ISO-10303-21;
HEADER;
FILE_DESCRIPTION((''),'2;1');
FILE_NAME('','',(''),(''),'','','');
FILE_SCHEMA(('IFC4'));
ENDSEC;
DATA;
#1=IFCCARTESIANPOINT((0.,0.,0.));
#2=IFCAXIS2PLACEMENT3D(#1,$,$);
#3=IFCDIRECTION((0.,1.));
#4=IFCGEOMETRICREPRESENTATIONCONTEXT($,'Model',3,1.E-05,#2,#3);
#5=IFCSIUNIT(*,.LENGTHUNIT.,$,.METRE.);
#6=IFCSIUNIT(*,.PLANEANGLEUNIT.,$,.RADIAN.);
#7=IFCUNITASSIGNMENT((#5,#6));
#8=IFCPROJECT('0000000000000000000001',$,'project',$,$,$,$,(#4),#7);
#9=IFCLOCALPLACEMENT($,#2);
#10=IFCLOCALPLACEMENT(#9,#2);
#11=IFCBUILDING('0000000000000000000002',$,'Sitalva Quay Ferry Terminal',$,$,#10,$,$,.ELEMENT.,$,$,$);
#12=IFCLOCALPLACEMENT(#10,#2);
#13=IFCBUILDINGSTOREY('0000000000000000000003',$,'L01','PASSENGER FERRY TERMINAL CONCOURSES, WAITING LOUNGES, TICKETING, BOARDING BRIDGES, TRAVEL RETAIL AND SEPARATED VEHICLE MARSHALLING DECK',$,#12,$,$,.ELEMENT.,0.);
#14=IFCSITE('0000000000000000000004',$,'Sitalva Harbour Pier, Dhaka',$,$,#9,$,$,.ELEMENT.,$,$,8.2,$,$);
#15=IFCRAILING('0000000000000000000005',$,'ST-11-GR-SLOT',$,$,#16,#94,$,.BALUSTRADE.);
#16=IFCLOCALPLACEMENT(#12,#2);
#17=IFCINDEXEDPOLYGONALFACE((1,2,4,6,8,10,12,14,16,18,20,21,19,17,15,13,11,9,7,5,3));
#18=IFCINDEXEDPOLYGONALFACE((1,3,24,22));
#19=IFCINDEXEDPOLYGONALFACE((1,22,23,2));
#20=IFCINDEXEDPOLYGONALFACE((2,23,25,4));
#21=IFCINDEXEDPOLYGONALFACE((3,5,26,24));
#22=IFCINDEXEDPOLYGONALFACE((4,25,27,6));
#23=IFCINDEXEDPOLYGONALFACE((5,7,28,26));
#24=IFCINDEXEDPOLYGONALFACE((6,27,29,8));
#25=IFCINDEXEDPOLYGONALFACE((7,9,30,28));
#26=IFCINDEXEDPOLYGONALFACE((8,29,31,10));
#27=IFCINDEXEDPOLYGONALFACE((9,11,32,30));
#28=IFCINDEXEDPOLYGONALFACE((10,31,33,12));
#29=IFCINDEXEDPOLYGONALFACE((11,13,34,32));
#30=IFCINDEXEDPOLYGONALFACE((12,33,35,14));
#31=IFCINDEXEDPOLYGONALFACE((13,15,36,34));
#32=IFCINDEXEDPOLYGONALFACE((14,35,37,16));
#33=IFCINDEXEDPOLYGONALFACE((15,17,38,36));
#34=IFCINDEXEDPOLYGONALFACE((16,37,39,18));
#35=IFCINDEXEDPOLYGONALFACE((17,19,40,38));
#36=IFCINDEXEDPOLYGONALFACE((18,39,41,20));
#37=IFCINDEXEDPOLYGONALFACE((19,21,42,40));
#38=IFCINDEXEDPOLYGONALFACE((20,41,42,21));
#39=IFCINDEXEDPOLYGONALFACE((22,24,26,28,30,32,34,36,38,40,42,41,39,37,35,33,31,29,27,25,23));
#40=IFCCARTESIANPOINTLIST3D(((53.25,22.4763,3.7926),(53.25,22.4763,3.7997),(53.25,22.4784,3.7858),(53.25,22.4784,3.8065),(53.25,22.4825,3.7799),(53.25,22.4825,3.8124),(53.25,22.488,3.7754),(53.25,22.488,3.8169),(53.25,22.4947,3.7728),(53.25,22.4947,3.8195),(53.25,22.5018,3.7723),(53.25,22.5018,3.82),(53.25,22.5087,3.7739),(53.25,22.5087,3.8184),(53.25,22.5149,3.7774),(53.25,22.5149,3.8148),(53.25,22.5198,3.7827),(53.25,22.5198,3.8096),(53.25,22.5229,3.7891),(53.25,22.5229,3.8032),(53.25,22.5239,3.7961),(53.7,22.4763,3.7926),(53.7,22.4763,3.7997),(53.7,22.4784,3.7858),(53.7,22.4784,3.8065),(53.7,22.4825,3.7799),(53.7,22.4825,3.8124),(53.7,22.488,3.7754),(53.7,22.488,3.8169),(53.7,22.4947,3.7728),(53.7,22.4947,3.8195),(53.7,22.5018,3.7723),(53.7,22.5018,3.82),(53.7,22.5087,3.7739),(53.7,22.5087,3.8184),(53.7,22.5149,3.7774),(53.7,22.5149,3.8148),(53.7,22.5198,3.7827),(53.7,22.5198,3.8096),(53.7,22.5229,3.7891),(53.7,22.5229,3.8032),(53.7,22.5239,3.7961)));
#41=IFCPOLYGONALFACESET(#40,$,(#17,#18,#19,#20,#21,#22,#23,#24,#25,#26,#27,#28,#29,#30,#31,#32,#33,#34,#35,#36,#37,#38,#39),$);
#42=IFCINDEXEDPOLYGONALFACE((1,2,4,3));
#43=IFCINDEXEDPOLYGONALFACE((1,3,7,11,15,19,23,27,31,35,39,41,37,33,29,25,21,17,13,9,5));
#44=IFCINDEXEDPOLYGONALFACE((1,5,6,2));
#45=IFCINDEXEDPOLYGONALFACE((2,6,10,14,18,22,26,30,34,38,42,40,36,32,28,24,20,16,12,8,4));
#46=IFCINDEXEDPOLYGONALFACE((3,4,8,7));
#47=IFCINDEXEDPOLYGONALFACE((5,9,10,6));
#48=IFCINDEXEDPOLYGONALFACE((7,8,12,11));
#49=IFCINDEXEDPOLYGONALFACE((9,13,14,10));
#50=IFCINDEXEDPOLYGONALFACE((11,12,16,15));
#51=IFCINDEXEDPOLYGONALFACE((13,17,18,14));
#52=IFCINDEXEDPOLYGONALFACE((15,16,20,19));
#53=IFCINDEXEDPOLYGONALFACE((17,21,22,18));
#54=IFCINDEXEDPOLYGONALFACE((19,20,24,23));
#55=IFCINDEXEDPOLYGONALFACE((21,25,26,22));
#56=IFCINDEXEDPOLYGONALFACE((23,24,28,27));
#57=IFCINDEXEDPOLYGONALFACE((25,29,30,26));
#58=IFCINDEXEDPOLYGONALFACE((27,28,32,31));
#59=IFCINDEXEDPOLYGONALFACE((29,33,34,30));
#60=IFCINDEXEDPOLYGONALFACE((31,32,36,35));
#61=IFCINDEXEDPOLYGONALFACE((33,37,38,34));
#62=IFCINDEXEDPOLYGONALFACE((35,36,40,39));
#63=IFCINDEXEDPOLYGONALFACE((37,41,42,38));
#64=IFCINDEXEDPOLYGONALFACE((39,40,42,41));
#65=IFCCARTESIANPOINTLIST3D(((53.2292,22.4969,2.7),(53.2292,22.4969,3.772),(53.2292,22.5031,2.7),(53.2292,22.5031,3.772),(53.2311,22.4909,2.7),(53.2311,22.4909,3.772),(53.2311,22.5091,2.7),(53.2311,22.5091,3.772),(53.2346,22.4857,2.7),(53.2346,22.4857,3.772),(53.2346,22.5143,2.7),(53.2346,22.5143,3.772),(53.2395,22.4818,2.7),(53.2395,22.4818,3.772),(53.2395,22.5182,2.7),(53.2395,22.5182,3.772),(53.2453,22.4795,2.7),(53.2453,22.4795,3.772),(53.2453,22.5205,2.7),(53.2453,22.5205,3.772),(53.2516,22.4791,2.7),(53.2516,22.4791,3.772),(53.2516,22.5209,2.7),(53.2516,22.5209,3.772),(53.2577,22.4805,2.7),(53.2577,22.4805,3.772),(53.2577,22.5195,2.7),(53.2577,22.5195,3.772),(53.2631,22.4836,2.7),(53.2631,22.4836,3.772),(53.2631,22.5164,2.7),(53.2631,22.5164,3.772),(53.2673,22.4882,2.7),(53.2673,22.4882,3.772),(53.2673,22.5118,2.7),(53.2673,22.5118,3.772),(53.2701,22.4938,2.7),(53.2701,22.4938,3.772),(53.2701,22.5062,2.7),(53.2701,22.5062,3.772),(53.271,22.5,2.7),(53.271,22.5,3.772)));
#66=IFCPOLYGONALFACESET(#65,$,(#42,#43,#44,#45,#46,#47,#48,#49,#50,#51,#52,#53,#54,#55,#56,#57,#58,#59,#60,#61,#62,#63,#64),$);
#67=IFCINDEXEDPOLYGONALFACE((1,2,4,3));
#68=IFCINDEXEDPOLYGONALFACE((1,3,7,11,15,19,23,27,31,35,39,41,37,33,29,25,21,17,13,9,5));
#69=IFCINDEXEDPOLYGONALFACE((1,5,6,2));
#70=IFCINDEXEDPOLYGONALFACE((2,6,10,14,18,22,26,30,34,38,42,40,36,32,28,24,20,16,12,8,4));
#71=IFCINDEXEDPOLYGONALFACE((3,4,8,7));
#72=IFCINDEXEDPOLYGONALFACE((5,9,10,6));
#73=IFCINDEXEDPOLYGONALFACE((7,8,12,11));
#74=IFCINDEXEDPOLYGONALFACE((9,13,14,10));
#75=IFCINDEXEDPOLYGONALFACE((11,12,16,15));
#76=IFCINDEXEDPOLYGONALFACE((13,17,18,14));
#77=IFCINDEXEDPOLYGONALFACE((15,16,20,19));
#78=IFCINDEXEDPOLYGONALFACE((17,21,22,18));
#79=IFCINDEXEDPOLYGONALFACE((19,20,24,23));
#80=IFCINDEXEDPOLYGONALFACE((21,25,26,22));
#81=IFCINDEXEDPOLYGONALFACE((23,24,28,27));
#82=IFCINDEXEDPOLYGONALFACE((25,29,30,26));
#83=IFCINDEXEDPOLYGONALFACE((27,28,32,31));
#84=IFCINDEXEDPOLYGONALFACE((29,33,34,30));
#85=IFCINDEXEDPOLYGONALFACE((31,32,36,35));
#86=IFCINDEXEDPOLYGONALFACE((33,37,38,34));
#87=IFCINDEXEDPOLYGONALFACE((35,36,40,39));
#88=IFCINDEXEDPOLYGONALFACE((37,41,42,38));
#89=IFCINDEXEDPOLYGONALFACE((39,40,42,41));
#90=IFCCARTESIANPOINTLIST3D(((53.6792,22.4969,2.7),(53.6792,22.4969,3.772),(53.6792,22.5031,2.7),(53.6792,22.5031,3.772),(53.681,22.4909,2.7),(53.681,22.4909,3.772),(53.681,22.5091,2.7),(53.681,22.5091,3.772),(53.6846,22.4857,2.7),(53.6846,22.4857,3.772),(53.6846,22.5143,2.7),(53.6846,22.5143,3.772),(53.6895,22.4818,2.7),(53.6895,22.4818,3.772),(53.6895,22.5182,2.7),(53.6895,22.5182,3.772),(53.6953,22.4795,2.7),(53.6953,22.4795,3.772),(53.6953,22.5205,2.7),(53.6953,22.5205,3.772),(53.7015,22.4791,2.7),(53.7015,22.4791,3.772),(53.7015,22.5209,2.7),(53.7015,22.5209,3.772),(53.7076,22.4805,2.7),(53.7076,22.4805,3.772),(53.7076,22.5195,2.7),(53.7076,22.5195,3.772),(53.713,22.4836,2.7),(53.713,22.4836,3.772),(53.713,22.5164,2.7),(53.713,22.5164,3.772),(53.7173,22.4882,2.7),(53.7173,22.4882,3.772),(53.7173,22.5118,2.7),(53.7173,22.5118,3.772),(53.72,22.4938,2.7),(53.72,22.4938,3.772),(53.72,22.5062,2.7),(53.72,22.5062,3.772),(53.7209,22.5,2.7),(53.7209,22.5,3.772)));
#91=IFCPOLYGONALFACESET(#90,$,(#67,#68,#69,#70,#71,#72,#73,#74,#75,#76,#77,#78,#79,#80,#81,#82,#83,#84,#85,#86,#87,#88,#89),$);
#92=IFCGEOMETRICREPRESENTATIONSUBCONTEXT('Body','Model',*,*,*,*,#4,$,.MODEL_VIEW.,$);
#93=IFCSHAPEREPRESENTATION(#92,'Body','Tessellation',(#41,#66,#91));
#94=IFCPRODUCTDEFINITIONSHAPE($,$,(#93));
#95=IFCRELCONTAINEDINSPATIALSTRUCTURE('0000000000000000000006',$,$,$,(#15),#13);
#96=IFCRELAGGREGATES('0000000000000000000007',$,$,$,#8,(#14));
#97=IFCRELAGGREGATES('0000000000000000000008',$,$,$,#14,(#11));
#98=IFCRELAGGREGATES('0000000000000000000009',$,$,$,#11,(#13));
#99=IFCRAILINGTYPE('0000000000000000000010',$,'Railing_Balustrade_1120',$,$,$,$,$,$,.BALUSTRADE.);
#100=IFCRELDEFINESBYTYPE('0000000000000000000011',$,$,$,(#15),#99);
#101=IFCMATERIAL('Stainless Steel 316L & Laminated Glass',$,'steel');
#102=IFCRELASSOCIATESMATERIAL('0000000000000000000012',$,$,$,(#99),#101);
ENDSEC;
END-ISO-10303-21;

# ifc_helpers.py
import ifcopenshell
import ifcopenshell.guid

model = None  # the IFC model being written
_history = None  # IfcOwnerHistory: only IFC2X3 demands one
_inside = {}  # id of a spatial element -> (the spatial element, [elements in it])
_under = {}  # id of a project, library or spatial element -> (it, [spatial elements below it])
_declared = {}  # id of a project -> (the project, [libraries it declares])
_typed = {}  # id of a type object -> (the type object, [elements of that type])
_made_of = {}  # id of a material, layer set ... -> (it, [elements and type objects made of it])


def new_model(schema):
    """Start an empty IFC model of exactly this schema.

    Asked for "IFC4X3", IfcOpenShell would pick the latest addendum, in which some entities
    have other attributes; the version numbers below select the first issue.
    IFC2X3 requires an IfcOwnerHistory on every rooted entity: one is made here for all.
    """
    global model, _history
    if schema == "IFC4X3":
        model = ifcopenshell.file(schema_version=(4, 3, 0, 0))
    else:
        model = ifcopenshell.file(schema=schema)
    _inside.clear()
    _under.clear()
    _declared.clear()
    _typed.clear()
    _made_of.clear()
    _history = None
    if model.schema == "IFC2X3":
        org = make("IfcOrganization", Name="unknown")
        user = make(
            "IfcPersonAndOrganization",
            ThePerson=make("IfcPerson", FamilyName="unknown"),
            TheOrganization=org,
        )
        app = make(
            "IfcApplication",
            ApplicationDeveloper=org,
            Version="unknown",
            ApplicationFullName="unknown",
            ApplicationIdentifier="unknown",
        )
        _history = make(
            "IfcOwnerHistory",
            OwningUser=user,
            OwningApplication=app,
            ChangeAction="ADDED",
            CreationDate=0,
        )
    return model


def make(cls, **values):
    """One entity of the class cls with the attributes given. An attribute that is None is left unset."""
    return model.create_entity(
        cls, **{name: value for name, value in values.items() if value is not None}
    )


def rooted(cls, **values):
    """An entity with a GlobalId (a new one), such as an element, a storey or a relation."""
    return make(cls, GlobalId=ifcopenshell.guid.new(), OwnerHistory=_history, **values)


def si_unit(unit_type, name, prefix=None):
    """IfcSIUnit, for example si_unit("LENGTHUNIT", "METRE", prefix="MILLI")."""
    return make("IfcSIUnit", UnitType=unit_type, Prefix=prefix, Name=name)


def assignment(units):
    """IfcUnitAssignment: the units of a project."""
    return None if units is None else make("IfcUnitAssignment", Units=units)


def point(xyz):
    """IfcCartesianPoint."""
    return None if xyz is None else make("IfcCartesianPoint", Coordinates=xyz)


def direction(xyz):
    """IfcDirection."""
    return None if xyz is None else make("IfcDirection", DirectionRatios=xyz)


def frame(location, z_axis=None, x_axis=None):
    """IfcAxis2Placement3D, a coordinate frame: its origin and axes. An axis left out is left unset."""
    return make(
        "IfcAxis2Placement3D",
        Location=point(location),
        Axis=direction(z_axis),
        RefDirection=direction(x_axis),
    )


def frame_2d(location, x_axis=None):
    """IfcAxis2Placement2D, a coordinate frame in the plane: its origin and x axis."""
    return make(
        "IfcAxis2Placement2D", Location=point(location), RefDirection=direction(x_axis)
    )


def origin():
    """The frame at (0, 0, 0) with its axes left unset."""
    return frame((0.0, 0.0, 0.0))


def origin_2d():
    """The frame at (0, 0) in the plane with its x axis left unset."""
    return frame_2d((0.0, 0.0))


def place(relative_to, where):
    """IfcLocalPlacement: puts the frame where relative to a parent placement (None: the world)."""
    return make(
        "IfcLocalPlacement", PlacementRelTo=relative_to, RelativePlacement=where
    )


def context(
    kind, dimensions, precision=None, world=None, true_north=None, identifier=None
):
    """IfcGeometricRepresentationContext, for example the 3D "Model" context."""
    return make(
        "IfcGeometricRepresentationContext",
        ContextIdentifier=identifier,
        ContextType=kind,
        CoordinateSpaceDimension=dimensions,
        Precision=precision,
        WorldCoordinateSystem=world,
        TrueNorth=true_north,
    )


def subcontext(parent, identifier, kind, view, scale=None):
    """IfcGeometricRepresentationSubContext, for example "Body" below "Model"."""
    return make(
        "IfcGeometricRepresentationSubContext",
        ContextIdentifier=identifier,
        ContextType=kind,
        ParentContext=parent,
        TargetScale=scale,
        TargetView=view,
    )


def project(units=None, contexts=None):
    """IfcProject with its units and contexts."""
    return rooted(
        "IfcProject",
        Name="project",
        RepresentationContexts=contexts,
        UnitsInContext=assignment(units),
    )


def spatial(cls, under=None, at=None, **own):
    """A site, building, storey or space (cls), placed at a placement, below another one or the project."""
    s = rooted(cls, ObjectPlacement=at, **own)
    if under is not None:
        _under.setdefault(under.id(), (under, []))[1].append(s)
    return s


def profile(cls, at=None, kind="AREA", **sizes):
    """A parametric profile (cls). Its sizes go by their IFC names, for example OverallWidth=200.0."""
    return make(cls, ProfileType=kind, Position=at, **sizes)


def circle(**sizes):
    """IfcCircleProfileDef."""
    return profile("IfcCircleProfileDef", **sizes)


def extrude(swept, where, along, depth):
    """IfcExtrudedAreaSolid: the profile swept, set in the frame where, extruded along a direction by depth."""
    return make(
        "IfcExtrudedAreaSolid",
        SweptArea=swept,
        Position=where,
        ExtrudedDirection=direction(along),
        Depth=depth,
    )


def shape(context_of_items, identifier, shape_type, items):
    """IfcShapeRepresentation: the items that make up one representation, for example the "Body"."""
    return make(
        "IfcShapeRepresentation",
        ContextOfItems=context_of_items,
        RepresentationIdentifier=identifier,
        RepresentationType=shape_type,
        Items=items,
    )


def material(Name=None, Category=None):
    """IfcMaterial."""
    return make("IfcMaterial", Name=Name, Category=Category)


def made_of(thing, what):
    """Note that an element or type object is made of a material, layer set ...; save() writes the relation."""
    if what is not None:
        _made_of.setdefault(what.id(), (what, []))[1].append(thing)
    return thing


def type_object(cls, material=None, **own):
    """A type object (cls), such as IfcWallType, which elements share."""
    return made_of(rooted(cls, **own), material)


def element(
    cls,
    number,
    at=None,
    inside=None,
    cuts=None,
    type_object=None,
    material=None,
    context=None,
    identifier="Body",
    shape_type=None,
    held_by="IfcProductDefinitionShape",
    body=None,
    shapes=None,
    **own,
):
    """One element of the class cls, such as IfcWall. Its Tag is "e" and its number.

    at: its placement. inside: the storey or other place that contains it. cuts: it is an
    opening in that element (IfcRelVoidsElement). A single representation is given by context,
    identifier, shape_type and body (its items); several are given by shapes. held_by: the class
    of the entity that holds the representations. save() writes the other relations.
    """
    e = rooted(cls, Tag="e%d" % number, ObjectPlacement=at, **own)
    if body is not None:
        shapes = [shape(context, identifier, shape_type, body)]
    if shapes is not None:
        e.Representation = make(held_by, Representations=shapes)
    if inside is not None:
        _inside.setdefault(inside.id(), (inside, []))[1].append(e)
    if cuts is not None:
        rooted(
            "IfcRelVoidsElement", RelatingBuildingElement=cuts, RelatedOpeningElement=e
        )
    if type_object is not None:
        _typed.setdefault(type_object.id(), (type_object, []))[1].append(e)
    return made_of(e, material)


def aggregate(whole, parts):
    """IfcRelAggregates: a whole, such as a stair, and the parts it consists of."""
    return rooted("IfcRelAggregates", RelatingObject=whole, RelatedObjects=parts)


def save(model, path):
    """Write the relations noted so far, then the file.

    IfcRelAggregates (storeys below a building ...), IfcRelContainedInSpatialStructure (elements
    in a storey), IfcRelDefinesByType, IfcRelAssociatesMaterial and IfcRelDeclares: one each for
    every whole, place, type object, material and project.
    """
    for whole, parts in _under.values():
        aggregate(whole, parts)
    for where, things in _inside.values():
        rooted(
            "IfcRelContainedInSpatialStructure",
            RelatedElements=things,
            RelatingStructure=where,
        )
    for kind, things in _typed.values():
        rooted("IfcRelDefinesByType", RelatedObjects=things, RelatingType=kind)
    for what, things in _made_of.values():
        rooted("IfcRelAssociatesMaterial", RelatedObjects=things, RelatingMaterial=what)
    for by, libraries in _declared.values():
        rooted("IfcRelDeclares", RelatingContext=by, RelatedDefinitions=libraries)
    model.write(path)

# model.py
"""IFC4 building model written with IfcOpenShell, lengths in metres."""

from ifc_helpers import new_model, si_unit, direction, frame, origin, origin_2d, place, context, subcontext, project, spatial, circle, extrude, material, type_object, element, save


model = new_model("IFC4")

# Units and contexts
model_context = context("Model", 3, precision=1e-05, world=origin(), true_north=direction((0.0, 1.0)))
body_context = subcontext(model_context, "Body", "Model", "MODEL_VIEW")
ifc_project = project(units=[si_unit("LENGTHUNIT", "METRE"), si_unit("PLANEANGLEUNIT", "RADIAN")], contexts=[model_context])

# Site, building, storey
site_placement = place(None, origin())
site = spatial("IfcSite", under=ifc_project, at=site_placement, Name="Sitalva Harbour Pier, Dhaka", CompositionType="ELEMENT", RefElevation=8.2)
building_placement = place(site_placement, origin())
building = spatial("IfcBuilding", under=site, at=building_placement, Name="Sitalva Quay Ferry Terminal", CompositionType="ELEMENT")
storey_placement = place(building_placement, origin())
storey = spatial("IfcBuildingStorey", under=building, at=storey_placement, Name="L01", Description="PASSENGER FERRY TERMINAL CONCOURSES, WAITING LOUNGES, TICKETING, BOARDING BRIDGES, TRAVEL RETAIL AND SEPARATED VEHICLE MARSHALLING DECK", CompositionType="ELEMENT", Elevation=0.0)

# Railing
ifc_material_1 = material(Name="Stainless Steel 316L & Laminated Glass", Category="steel")
railing_type_1 = type_object("IfcRailingType", Name="Railing_Balustrade_1120", PredefinedType="BALUSTRADE", material=ifc_material_1)
railing_1_placement = place(storey_placement, frame((53.25, 22.5, 2.7)))
element("IfcRailing", 1, at=railing_1_placement, inside=storey, type_object=railing_type_1, Name="ST-11-GR-SLOT", PredefinedType="BALUSTRADE", context=body_context, shape_type="SweptSolid", body=[
    extrude(circle(Radius=0.0239, at=origin_2d()), frame((0.0, 0.0, 1.0962), z_axis=(1.0, 0.0, 0.0), x_axis=(0.0, 1.0, 0.0)), (0.0, 0.0, 1.0), 0.45),
    extrude(circle(Radius=0.021, at=origin_2d()), origin(), (0.0, 0.0, 1.0), 1.072),
    extrude(circle(Radius=0.021, at=origin_2d()), frame((0.45, 0.0, 0.0)), (0.0, 0.0, 1.0), 1.072),
])

save(model, "model.ifc")
